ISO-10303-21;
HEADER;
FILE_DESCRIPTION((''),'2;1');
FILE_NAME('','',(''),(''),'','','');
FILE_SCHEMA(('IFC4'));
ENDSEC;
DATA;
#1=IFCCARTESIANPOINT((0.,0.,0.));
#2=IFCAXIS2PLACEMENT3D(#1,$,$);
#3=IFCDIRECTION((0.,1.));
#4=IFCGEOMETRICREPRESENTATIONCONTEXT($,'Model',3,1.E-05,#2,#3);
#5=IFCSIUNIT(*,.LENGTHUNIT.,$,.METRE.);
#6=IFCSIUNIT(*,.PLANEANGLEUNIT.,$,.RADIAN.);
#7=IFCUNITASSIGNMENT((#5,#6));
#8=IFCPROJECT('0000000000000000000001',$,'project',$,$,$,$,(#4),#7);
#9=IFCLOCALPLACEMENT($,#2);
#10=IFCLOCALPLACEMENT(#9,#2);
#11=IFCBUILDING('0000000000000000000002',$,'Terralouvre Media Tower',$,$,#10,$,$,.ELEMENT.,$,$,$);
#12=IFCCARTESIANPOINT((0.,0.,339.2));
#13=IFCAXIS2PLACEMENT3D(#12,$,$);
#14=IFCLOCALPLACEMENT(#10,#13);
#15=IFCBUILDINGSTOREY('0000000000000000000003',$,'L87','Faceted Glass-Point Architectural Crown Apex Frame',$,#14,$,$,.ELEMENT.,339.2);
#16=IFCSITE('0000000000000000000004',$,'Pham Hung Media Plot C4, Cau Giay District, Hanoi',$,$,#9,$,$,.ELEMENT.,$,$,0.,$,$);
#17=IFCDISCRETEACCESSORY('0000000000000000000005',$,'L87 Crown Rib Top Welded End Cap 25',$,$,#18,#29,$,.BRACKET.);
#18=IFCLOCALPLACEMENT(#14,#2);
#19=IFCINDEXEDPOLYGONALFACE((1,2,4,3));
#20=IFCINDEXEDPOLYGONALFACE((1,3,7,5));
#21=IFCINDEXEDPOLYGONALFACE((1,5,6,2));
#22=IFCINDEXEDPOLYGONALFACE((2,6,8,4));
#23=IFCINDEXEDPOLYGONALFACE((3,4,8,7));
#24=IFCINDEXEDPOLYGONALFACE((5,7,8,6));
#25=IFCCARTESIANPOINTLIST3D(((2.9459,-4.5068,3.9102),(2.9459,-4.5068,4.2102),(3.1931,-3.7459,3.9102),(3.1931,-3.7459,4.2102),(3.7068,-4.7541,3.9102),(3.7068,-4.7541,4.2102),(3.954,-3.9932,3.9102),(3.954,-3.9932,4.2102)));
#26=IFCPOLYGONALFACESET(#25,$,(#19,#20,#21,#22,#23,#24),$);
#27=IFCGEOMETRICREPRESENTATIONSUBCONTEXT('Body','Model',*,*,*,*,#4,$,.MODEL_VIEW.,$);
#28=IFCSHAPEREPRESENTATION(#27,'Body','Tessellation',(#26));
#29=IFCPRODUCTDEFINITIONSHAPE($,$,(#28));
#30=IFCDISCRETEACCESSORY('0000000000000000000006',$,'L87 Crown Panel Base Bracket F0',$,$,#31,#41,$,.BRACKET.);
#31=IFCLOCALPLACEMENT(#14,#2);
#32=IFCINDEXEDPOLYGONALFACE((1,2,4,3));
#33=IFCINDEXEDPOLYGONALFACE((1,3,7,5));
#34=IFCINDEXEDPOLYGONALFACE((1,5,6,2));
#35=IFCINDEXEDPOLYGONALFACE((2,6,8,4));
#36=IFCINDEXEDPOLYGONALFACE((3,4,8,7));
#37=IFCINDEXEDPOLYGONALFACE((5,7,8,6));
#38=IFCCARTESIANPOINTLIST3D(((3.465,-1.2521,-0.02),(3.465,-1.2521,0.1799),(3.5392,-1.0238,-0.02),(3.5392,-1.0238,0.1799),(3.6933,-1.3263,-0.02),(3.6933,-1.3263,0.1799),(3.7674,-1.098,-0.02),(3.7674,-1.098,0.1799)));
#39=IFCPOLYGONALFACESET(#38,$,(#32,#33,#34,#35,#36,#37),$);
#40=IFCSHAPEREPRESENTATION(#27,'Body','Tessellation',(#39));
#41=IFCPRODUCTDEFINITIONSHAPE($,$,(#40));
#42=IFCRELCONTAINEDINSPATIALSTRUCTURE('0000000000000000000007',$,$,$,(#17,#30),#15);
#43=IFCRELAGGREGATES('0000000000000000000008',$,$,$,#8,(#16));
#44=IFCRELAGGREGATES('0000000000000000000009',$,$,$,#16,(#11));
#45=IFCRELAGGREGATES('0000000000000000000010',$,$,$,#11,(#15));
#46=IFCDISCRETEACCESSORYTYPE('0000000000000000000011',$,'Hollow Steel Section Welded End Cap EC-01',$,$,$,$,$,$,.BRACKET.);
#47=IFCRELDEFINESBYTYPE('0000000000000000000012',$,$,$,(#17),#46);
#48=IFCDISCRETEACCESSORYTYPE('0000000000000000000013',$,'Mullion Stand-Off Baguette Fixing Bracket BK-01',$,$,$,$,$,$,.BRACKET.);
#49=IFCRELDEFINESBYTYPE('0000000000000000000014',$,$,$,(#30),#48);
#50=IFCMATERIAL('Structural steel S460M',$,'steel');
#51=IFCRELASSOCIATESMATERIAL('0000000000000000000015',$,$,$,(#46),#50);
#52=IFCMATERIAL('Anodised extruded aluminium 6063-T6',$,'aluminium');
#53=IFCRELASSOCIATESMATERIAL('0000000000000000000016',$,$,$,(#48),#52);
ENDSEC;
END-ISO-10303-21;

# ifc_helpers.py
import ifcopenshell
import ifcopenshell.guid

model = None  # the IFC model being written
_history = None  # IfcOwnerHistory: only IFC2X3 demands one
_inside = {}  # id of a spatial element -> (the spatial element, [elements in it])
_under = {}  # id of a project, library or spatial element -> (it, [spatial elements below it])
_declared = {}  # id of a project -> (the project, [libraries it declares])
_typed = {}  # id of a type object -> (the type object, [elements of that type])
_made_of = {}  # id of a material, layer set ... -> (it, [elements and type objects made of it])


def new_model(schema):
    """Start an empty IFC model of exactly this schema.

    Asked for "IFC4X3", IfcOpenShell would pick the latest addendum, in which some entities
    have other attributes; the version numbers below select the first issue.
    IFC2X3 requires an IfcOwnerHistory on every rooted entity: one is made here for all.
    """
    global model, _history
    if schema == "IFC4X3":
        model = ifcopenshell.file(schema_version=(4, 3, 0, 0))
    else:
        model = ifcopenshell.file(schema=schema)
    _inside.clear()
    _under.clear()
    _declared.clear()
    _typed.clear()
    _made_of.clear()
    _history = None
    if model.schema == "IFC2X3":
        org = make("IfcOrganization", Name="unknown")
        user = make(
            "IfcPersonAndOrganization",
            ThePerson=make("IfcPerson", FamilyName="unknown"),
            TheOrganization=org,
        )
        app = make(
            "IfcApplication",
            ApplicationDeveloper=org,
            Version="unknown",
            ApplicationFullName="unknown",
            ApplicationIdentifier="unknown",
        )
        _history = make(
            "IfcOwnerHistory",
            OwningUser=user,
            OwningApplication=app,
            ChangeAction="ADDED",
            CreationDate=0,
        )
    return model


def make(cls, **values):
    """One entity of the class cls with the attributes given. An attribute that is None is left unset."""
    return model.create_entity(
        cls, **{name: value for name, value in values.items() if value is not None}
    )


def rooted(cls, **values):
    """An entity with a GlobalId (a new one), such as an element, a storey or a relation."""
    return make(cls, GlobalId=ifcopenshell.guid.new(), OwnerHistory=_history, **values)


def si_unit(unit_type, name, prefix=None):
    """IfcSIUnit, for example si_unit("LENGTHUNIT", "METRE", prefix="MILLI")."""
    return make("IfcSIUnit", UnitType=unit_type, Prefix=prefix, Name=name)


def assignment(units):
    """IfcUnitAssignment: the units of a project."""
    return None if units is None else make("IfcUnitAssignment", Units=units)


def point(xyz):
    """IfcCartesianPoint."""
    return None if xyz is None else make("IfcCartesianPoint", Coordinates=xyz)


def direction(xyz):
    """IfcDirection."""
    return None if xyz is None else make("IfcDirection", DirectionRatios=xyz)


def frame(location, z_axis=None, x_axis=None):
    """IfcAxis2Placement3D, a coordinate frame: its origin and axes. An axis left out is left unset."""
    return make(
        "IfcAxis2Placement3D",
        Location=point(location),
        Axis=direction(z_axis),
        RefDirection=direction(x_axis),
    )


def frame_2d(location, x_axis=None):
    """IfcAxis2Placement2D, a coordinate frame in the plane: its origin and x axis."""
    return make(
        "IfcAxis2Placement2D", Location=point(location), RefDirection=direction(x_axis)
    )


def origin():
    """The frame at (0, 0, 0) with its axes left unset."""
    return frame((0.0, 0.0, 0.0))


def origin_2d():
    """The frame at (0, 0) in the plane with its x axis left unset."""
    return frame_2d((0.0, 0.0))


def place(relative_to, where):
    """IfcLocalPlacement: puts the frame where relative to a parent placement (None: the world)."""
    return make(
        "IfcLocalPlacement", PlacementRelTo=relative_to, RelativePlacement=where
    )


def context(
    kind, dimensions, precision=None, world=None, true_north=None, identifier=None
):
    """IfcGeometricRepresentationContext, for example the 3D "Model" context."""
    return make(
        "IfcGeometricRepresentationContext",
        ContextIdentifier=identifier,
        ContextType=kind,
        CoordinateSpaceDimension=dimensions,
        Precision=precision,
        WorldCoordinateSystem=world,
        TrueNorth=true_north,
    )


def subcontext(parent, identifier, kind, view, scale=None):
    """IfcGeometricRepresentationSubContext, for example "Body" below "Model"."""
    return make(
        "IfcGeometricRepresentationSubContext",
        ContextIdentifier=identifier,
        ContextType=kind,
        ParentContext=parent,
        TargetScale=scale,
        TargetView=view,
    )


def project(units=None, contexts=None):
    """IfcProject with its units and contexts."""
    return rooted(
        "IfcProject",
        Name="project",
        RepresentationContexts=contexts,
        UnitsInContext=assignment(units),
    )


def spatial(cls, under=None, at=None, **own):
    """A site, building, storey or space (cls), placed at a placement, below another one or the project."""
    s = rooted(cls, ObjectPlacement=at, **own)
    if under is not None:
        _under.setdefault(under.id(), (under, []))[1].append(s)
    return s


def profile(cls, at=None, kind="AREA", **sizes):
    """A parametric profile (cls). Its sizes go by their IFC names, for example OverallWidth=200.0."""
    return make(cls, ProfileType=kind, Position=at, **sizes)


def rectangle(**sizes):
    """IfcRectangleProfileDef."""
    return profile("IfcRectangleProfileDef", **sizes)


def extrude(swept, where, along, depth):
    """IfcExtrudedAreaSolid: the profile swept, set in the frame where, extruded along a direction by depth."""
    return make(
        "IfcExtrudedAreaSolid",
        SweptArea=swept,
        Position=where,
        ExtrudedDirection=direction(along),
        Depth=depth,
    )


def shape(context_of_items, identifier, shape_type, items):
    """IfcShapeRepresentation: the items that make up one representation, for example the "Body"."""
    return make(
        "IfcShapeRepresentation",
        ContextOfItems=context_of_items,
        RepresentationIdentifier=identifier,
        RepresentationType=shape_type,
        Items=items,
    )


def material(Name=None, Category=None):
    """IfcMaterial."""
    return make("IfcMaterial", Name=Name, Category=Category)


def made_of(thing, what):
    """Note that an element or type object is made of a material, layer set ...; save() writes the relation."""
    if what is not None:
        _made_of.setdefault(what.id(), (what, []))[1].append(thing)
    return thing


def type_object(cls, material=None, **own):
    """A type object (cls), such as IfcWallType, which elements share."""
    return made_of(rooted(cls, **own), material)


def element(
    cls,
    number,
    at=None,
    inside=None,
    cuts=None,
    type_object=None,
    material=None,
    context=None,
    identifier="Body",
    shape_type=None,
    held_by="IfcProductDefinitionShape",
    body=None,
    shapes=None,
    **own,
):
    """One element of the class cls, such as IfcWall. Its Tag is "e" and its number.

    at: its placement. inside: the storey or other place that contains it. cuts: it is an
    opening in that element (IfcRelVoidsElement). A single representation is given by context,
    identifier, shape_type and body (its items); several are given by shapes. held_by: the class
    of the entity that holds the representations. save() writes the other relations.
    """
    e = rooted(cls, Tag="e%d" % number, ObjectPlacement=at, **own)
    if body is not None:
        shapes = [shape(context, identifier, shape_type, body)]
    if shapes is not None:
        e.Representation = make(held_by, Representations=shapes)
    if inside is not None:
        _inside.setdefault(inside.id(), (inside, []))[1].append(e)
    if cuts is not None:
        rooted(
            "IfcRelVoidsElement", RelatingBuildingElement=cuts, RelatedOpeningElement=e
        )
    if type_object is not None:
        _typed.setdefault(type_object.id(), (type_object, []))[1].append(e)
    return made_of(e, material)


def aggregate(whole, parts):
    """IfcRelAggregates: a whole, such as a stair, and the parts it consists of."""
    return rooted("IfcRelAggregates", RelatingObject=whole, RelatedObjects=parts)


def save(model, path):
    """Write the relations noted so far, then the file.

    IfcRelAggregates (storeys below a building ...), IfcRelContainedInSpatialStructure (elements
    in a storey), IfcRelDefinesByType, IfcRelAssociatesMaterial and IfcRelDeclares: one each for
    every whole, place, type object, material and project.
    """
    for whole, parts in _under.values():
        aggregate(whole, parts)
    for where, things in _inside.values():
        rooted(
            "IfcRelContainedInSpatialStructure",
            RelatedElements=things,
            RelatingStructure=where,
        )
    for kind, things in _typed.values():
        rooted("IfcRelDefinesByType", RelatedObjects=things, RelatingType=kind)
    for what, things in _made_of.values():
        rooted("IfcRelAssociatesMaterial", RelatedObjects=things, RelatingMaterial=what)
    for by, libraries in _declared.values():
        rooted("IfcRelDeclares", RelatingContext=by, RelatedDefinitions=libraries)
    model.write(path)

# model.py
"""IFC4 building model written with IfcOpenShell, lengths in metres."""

from ifc_helpers import new_model, si_unit, direction, frame, origin, origin_2d, place, context, subcontext, project, spatial, rectangle, extrude, material, type_object, element, save


model = new_model("IFC4")

# Units and contexts
model_context = context("Model", 3, precision=1e-05, world=origin(), true_north=direction((0.0, 1.0)))
body_context = subcontext(model_context, "Body", "Model", "MODEL_VIEW")
ifc_project = project(units=[si_unit("LENGTHUNIT", "METRE"), si_unit("PLANEANGLEUNIT", "RADIAN")], contexts=[model_context])

# Site, building, storey
site_placement = place(None, origin())
site = spatial("IfcSite", under=ifc_project, at=site_placement, Name="Pham Hung Media Plot C4, Cau Giay District, Hanoi", CompositionType="ELEMENT", RefElevation=0.0)
building_placement = place(site_placement, origin())
building = spatial("IfcBuilding", under=site, at=building_placement, Name="Terralouvre Media Tower", CompositionType="ELEMENT")
storey_placement = place(building_placement, frame((0.0, 0.0, 339.2)))
storey = spatial("IfcBuildingStorey", under=building, at=storey_placement, Name="L87", Description="Faceted Glass-Point Architectural Crown Apex Frame", CompositionType="ELEMENT", Elevation=339.2)

# Discrete accessories
ifc_material_1 = material(Name="Structural steel S460M", Category="steel")
discrete_accessory_type_1 = type_object("IfcDiscreteAccessoryType", Name="Hollow Steel Section Welded End Cap EC-01", PredefinedType="BRACKET", material=ifc_material_1)
discrete_accessory_1_placement = place(storey_placement, frame((3.45, -4.25, 3.9102), z_axis=(0.0, 0.0, 1.0), x_axis=(0.309017, 0.951057, 0.0)))
element("IfcDiscreteAccessory", 1, at=discrete_accessory_1_placement, inside=storey, type_object=discrete_accessory_type_1, Name="L87 Crown Rib Top Welded End Cap 25", PredefinedType="BRACKET", context=body_context, shape_type="SweptSolid", body=[
    extrude(rectangle(XDim=0.8, YDim=0.8, at=origin_2d()), origin(), (0.0, 0.0, 1.0), 0.3),
])
ifc_material_2 = material(Name="Anodised extruded aluminium 6063-T6", Category="aluminium")
discrete_accessory_type_2 = type_object("IfcDiscreteAccessoryType", Name="Mullion Stand-Off Baguette Fixing Bracket BK-01", PredefinedType="BRACKET", material=ifc_material_2)
discrete_accessory_2_placement = place(storey_placement, frame((3.6162, -1.175, -0.02), z_axis=(0.0, 0.0, 1.0), x_axis=(0.309017, 0.951057, 0.0)))
element("IfcDiscreteAccessory", 2, at=discrete_accessory_2_placement, inside=storey, type_object=discrete_accessory_type_2, Name="L87 Crown Panel Base Bracket F0", PredefinedType="BRACKET", context=body_context, shape_type="SweptSolid", body=[
    extrude(rectangle(XDim=0.24, YDim=0.24, at=origin_2d()), origin(), (0.0, 0.0, 1.0), 0.2),
])

save(model, "model.ifc")
